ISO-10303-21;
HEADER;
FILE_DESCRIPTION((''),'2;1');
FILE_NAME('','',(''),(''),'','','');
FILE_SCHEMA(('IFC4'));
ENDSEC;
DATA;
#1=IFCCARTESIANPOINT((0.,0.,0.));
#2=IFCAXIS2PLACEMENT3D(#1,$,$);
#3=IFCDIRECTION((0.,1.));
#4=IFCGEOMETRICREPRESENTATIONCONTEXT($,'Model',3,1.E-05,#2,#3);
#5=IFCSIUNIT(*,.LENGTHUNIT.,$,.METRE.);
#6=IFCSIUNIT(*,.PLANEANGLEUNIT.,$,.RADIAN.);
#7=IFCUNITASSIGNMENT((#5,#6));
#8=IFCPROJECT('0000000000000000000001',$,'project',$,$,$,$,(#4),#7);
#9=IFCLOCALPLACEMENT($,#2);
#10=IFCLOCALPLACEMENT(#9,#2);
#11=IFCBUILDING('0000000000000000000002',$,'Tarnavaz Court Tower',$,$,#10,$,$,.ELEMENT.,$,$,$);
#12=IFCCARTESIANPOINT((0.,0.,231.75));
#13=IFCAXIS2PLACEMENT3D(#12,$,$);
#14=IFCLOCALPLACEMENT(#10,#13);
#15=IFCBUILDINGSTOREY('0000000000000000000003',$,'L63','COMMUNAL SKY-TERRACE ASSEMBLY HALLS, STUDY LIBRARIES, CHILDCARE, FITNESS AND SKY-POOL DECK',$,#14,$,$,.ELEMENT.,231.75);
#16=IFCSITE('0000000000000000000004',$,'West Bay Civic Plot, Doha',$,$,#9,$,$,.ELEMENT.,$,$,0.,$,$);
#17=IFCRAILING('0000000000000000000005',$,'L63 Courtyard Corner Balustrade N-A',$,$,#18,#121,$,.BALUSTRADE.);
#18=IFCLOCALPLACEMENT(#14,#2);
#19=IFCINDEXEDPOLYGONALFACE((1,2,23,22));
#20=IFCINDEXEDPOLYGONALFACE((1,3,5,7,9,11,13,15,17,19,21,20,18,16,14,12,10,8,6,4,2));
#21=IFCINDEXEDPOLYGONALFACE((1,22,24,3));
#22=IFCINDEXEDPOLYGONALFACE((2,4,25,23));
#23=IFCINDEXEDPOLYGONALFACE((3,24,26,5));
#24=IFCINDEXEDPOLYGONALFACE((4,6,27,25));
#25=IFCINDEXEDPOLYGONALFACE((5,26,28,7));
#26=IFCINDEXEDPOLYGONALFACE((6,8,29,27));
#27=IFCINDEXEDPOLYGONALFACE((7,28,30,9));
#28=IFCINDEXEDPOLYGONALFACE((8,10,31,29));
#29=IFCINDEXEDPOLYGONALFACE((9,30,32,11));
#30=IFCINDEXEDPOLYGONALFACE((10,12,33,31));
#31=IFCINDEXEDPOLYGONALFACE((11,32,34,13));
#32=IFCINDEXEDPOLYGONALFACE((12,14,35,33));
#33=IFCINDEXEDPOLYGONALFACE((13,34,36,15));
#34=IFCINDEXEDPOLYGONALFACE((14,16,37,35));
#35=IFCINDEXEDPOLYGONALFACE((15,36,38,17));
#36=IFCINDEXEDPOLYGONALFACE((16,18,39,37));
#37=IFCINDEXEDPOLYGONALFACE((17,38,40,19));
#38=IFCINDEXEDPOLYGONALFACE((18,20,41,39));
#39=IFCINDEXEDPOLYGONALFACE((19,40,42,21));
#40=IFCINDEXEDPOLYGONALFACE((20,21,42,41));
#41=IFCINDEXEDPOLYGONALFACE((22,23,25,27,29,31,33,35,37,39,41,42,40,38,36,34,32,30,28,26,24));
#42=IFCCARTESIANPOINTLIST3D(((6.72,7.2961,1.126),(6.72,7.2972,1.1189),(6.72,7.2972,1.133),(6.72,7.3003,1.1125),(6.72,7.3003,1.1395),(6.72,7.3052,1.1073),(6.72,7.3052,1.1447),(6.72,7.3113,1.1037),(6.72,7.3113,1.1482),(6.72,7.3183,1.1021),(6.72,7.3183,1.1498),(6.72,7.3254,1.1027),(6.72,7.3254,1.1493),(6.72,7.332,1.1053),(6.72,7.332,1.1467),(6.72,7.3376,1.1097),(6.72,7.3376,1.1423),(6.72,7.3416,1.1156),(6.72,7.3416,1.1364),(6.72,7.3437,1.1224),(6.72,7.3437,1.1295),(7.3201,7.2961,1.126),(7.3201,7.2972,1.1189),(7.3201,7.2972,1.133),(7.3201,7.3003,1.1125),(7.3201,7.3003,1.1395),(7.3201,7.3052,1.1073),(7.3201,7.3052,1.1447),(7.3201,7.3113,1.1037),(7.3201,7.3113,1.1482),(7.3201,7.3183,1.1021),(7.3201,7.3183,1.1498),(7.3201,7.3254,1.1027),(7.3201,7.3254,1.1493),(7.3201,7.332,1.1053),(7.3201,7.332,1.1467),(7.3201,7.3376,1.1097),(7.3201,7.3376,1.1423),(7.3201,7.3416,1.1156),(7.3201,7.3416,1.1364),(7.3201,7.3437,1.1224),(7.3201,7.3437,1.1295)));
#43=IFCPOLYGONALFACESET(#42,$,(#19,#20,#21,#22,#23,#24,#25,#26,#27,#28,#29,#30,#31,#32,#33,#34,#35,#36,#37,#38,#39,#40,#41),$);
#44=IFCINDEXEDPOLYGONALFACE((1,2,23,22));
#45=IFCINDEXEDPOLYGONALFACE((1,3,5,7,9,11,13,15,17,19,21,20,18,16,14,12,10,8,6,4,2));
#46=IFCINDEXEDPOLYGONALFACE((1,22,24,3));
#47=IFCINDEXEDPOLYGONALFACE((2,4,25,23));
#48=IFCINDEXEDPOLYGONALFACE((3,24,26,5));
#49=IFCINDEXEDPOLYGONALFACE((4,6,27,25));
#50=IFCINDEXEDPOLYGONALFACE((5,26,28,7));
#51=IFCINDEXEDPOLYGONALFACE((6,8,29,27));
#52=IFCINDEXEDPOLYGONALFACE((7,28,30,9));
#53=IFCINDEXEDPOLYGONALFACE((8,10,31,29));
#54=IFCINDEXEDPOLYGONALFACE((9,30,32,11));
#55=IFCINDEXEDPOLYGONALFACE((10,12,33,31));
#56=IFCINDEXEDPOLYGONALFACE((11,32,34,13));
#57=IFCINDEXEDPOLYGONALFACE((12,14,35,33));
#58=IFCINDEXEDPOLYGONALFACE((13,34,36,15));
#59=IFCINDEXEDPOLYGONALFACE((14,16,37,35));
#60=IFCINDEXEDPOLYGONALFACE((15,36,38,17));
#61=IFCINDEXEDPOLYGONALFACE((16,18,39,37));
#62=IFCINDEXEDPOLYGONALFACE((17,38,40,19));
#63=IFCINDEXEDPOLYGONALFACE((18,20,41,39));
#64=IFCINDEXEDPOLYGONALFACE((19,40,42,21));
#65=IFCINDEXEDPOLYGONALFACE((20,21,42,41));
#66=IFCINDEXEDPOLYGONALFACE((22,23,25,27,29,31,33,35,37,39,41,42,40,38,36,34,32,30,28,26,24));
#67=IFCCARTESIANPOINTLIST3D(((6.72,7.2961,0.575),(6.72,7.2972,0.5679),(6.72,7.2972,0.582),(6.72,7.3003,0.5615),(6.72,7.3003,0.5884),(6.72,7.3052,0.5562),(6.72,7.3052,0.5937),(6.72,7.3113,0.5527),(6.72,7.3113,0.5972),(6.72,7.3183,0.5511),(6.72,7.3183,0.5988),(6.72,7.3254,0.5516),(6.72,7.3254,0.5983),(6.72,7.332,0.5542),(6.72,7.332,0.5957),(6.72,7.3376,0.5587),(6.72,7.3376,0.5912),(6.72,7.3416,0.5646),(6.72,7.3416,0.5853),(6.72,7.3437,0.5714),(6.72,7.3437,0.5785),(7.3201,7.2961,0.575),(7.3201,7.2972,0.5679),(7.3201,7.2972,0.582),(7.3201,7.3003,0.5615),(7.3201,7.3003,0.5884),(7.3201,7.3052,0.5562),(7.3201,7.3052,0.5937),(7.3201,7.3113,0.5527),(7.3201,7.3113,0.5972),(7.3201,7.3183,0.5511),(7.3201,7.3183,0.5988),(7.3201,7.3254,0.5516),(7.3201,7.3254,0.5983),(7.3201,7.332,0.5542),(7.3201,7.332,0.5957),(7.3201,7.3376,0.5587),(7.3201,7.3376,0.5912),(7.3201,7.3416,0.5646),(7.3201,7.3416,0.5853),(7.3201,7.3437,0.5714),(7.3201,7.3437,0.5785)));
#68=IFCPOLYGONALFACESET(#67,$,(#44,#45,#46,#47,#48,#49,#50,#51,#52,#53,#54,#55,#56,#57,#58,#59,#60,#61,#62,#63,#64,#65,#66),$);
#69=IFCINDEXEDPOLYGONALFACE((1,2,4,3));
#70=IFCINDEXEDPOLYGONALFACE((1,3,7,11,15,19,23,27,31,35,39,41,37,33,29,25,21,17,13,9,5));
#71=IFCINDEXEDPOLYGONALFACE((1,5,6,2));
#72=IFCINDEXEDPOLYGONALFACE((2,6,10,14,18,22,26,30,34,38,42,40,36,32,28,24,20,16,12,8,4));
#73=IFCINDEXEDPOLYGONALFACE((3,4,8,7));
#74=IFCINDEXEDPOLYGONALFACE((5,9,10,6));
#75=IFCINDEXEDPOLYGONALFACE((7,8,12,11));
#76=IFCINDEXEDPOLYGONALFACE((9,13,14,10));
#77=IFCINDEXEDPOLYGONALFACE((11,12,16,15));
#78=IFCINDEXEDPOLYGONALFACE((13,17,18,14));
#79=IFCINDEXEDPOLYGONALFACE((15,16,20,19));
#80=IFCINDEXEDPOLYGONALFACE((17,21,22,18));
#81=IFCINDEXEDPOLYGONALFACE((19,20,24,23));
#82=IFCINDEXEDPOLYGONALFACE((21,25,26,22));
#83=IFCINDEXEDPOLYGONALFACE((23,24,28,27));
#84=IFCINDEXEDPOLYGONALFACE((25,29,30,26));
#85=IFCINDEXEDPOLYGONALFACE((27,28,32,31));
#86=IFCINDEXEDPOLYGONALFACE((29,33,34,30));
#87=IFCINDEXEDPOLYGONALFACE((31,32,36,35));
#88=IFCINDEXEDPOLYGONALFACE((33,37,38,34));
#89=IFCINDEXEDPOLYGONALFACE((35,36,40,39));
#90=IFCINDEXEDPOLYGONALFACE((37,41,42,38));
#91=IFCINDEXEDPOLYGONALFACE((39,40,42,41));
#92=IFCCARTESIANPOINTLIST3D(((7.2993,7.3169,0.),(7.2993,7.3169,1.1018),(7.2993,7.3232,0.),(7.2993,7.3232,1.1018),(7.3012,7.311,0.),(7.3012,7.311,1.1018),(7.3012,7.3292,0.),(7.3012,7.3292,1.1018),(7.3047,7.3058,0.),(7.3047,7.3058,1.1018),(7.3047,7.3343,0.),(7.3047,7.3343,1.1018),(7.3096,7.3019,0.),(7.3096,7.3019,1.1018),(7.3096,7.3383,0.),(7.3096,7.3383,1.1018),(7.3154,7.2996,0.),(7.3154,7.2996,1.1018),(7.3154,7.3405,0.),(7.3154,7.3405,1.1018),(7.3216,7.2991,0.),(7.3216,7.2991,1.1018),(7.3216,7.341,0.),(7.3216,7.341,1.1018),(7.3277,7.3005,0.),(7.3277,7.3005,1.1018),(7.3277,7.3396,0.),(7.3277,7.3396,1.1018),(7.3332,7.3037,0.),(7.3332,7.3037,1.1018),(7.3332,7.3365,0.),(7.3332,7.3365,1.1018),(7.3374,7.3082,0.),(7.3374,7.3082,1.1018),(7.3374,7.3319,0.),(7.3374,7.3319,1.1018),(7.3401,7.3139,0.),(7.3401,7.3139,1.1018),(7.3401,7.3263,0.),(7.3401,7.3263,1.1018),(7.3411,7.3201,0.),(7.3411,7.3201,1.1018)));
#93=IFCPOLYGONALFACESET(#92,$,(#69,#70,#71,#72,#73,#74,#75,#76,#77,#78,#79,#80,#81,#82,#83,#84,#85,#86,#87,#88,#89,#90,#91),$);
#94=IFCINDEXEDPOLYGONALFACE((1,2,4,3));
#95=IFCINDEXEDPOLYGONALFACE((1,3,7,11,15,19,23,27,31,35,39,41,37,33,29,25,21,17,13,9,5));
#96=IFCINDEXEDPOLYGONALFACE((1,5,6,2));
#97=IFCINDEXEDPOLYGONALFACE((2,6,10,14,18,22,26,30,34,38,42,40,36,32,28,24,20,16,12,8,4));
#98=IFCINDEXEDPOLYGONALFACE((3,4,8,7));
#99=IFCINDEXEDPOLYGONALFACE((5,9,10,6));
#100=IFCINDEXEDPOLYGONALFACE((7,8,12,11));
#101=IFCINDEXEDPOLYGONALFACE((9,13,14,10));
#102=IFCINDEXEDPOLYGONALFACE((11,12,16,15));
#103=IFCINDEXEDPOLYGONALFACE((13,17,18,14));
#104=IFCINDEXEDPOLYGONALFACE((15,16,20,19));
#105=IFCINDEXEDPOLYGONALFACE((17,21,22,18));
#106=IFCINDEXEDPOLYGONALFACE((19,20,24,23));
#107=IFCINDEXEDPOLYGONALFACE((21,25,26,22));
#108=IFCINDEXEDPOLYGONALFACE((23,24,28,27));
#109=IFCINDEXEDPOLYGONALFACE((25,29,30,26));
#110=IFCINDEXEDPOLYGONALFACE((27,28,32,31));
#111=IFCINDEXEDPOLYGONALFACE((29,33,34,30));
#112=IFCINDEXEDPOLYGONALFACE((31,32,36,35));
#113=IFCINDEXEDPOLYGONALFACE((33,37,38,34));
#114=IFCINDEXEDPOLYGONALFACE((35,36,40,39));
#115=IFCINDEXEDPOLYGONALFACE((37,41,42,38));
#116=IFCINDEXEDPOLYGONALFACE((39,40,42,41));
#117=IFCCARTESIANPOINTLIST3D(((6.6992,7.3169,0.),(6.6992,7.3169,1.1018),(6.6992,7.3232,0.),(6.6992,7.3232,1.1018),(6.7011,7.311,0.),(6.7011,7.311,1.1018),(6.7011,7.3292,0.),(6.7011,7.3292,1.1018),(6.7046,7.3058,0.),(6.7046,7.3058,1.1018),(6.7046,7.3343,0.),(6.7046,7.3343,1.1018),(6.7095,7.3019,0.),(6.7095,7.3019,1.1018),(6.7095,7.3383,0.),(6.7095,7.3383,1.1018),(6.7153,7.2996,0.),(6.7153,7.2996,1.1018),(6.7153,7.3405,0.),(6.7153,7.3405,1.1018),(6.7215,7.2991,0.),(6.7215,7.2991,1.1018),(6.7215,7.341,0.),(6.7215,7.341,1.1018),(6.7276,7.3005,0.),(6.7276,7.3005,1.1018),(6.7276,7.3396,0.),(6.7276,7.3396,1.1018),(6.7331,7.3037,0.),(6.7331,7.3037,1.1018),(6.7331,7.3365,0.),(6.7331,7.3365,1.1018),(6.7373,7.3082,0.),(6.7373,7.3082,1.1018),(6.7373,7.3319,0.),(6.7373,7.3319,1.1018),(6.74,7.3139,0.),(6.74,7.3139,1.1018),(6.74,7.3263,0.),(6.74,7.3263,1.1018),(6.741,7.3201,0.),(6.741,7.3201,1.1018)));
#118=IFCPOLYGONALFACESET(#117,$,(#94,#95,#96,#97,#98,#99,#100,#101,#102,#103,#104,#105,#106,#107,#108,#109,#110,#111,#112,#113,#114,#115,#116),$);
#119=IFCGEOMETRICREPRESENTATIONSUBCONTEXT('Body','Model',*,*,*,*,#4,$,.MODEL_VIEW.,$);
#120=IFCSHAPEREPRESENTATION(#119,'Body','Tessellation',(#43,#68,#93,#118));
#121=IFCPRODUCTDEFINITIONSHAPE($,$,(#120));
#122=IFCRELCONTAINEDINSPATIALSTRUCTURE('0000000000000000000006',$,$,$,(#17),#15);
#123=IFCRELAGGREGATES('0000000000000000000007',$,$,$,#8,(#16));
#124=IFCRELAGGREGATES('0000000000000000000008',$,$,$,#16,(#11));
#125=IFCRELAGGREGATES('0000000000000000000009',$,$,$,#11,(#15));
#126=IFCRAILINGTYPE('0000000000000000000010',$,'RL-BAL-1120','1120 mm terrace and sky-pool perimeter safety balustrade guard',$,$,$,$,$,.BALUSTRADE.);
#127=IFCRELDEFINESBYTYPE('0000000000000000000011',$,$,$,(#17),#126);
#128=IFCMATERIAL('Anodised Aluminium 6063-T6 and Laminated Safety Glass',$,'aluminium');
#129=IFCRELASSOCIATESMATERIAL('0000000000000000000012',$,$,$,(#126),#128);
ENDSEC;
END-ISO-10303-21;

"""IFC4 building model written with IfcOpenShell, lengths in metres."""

from ifc_helpers import new_model, si_unit, direction, frame, origin, origin_2d, place, context, subcontext, project, spatial, circle, extrude, material, type_object, element, save


model = new_model("IFC4")

# Units and contexts
model_context = context("Model", 3, precision=1e-05, world=origin(), true_north=direction((0.0, 1.0)))
body_context = subcontext(model_context, "Body", "Model", "MODEL_VIEW")
ifc_project = project(units=[si_unit("LENGTHUNIT", "METRE"), si_unit("PLANEANGLEUNIT", "RADIAN")], contexts=[model_context])

# Site, building, storey
site_placement = place(None, origin())
site = spatial("IfcSite", under=ifc_project, at=site_placement, Name="West Bay Civic Plot, Doha", CompositionType="ELEMENT", RefElevation=0.0)
building_placement = place(site_placement, origin())
building = spatial("IfcBuilding", under=site, at=building_placement, Name="Tarnavaz Court Tower", CompositionType="ELEMENT")
storey_placement = place(building_placement, frame((0.0, 0.0, 231.75)))
storey = spatial("IfcBuildingStorey", under=building, at=storey_placement, Name="L63", Description="COMMUNAL SKY-TERRACE ASSEMBLY HALLS, STUDY LIBRARIES, CHILDCARE, FITNESS AND SKY-POOL DECK", CompositionType="ELEMENT", Elevation=231.75)

# Railing
ifc_material_1 = material(Name="Anodised Aluminium 6063-T6 and Laminated Safety Glass", Category="aluminium")
railing_type_1 = type_object("IfcRailingType", Name="RL-BAL-1120", Description="1120 mm terrace and sky-pool perimeter safety balustrade guard", PredefinedType="BALUSTRADE", material=ifc_material_1)
railing_1_placement = place(storey_placement, frame((7.3201, 7.3201, 0.0)))
element("IfcRailing", 1, at=railing_1_placement, inside=storey, type_object=railing_type_1, Name="L63 Courtyard Corner Balustrade N-A", PredefinedType="BALUSTRADE", context=body_context, shape_type="SweptSolid", body=[
    extrude(circle(Radius=0.0239, at=origin_2d()), frame((0.0, 0.0, 1.126), z_axis=(-1.0, 0.0, 0.0), x_axis=(0.0, -1.0, 0.0)), (0.0, 0.0, 1.0), 0.6001),
    extrude(circle(Radius=0.0239, at=origin_2d()), frame((0.0, 0.0, 0.575), z_axis=(-1.0, 0.0, 0.0), x_axis=(0.0, -1.0, 0.0)), (0.0, 0.0, 1.0), 0.6001),
    extrude(circle(Radius=0.021, at=origin_2d()), origin(), (0.0, 0.0, 1.0), 1.1018),
    extrude(circle(Radius=0.021, at=origin_2d()), frame((-0.6001, 0.0, 0.0)), (0.0, 0.0, 1.0), 1.1018),
])

save(model, "model.ifc")
